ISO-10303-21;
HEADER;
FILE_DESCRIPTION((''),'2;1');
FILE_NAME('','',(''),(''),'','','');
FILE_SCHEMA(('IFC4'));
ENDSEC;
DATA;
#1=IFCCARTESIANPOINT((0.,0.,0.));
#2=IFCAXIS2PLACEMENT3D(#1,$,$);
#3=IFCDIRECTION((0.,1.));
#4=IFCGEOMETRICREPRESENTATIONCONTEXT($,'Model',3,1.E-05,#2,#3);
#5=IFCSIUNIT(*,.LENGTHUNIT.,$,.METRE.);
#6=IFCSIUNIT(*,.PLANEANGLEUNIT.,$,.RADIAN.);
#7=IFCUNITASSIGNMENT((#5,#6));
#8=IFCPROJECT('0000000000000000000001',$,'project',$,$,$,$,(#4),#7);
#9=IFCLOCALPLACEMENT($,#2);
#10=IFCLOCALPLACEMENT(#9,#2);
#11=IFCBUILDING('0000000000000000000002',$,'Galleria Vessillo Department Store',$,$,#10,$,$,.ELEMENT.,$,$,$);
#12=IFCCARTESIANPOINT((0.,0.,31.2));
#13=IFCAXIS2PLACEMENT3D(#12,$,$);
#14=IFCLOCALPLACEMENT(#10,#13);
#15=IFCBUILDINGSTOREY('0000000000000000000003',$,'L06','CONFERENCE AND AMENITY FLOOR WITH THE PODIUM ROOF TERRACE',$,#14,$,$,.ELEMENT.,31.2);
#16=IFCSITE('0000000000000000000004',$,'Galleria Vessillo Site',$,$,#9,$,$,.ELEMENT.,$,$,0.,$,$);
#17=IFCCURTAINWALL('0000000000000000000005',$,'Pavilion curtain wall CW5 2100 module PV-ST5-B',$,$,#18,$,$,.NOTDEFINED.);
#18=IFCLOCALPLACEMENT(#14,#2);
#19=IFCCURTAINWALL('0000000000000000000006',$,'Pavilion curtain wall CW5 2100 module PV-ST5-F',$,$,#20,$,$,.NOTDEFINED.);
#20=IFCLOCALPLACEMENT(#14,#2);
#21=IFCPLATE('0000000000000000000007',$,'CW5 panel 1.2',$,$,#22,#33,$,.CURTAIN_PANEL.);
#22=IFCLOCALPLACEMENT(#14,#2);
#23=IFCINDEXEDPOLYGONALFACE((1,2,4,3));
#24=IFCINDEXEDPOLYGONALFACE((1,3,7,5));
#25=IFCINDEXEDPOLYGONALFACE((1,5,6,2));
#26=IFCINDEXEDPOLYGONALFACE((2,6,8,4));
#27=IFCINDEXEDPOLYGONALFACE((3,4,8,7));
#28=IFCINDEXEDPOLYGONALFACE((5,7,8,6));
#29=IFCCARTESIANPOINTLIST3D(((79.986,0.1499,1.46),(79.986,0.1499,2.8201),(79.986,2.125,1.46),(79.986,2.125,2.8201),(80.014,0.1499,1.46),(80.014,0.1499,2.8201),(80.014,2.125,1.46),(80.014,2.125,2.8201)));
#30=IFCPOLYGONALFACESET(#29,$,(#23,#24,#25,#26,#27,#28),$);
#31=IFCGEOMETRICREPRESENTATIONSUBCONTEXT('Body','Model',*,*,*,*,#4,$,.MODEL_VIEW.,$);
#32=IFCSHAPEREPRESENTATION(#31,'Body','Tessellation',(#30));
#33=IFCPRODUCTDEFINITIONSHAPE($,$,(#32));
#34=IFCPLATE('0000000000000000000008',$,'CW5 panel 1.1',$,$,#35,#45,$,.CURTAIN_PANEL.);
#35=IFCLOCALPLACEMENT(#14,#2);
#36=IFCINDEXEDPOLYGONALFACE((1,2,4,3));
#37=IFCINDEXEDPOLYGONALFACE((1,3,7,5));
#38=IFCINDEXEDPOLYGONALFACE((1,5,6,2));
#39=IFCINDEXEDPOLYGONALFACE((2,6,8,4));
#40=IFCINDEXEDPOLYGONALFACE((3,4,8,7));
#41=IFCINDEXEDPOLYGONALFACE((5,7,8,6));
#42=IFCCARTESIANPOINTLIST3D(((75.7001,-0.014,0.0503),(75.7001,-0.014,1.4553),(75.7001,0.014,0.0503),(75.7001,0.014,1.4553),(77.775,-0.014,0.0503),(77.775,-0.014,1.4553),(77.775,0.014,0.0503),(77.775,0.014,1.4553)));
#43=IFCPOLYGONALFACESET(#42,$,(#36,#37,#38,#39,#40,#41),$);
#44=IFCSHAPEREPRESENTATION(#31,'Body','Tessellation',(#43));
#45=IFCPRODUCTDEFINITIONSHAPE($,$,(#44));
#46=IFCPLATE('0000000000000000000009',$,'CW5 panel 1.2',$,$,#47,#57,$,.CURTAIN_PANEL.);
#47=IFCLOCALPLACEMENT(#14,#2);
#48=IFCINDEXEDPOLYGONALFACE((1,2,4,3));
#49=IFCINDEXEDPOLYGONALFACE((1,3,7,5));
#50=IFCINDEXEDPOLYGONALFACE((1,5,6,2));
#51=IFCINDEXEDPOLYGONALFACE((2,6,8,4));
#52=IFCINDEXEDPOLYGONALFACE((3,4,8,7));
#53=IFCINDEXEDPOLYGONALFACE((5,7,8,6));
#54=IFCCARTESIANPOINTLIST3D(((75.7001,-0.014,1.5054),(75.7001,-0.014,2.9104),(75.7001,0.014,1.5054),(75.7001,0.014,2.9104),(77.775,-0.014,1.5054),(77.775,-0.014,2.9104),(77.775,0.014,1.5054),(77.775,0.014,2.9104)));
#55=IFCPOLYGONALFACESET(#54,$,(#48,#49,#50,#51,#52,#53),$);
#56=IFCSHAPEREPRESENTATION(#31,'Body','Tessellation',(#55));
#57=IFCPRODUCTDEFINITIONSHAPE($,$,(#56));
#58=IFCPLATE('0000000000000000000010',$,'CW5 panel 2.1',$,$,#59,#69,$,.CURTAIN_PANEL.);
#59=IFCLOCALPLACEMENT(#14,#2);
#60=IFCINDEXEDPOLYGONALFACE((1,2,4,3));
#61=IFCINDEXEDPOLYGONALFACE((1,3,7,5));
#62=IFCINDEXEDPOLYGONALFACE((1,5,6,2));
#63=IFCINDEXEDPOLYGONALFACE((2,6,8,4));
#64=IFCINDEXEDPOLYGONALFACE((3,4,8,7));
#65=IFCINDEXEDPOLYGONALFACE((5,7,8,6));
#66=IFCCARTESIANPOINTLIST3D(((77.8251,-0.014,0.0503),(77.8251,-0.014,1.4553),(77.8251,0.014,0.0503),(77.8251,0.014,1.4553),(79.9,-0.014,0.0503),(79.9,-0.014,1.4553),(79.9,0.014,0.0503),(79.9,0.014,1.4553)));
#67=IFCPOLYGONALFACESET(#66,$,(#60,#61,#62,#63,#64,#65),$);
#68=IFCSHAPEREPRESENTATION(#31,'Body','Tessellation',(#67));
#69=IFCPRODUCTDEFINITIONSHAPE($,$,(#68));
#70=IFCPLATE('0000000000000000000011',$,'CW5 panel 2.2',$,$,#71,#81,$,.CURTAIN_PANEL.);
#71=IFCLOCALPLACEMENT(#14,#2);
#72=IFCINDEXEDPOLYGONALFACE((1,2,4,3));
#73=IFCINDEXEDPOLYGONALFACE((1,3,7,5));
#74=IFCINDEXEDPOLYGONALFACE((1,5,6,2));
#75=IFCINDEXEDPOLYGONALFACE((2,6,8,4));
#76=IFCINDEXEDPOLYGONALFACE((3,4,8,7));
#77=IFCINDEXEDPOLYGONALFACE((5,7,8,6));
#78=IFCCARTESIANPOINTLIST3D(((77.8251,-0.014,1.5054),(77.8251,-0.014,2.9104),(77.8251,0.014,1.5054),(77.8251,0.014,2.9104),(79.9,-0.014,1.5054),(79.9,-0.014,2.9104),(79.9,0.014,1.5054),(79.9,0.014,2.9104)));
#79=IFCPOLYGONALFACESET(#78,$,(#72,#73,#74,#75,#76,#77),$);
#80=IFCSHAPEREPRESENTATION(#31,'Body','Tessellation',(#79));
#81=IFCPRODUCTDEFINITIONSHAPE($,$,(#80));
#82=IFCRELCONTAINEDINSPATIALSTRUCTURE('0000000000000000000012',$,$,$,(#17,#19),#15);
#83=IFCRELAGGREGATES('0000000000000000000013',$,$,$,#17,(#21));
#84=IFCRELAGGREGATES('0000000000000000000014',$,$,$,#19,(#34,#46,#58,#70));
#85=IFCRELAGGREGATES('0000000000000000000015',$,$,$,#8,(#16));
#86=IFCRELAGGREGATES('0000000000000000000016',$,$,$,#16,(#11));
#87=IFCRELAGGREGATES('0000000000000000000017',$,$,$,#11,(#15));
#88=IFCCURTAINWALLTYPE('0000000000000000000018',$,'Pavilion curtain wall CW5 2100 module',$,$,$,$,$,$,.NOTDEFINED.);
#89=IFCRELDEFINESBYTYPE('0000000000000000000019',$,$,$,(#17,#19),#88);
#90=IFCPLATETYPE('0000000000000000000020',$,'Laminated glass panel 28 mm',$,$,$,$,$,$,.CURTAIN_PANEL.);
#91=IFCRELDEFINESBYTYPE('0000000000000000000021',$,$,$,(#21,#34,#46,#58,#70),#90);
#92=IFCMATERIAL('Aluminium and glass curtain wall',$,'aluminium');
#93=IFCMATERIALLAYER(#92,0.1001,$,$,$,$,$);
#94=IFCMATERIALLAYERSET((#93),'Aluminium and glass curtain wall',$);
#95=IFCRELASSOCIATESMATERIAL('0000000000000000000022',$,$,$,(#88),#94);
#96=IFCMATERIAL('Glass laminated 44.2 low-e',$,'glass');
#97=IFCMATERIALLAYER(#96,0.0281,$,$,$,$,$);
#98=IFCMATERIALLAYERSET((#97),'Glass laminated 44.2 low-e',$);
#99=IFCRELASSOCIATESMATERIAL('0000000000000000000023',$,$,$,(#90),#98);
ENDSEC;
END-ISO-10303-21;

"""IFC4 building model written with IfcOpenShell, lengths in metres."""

from ifc_helpers import new_model, si_unit, direction, frame, origin, origin_2d, place, context, subcontext, project, spatial, rectangle, extrude, material, layer, layer_set, type_object, element, aggregate, save


model = new_model("IFC4")

# Units and contexts
model_context = context("Model", 3, precision=1e-05, world=origin(), true_north=direction((0.0, 1.0)))
body_context = subcontext(model_context, "Body", "Model", "MODEL_VIEW")
ifc_project = project(units=[si_unit("LENGTHUNIT", "METRE"), si_unit("PLANEANGLEUNIT", "RADIAN")], contexts=[model_context])

# Site, building, storey
site_placement = place(None, origin())
site = spatial("IfcSite", under=ifc_project, at=site_placement, Name="Galleria Vessillo Site", CompositionType="ELEMENT", RefElevation=0.0)
building_placement = place(site_placement, origin())
building = spatial("IfcBuilding", under=site, at=building_placement, Name="Galleria Vessillo Department Store", CompositionType="ELEMENT")
storey_placement = place(building_placement, frame((0.0, 0.0, 31.2)))
storey = spatial("IfcBuildingStorey", under=building, at=storey_placement, Name="L06", Description="CONFERENCE AND AMENITY FLOOR WITH THE PODIUM ROOF TERRACE", CompositionType="ELEMENT", Elevation=31.2)

# Curtain walls
ifc_material_1 = material(Name="Aluminium and glass curtain wall", Category="aluminium")
ifc_layer_1 = layer(ifc_material_1, 0.1001)
ifc_layer_set_1 = layer_set([ifc_layer_1], Name="Aluminium and glass curtain wall")
curtain_wall_type = type_object("IfcCurtainWallType", Name="Pavilion curtain wall CW5 2100 module", PredefinedType="NOTDEFINED", material=ifc_layer_set_1)
curtain_wall_1_placement = place(storey_placement, origin())
curtain_wall_1 = element("IfcCurtainWall", 1, at=curtain_wall_1_placement, inside=storey, type_object=curtain_wall_type, Name="Pavilion curtain wall CW5 2100 module PV-ST5-B", PredefinedType="NOTDEFINED")
curtain_wall_2_placement = place(storey_placement, origin())
curtain_wall_2 = element("IfcCurtainWall", 2, at=curtain_wall_2_placement, inside=storey, type_object=curtain_wall_type, Name="Pavilion curtain wall CW5 2100 module PV-ST5-F", PredefinedType="NOTDEFINED")

# Plates
ifc_material_2 = material(Name="Glass laminated 44.2 low-e", Category="glass")
ifc_layer_2 = layer(ifc_material_2, 0.0281)
ifc_layer_set_2 = layer_set([ifc_layer_2], Name="Glass laminated 44.2 low-e")
plate_type = type_object("IfcPlateType", Name="Laminated glass panel 28 mm", PredefinedType="CURTAIN_PANEL", material=ifc_layer_set_2)
plate_1_placement = place(storey_placement, frame((80.0, 1.1375, 1.46), z_axis=(0.0, 0.0, 1.0), x_axis=(0.0, 1.0, 0.0)))
plate_1 = element("IfcPlate", 3, at=plate_1_placement, type_object=plate_type, Name="CW5 panel 1.2", PredefinedType="CURTAIN_PANEL", context=body_context, shape_type="SweptSolid", body=[
    extrude(rectangle(XDim=1.9751, YDim=0.0281, at=origin_2d()), origin(), (0.0, 0.0, 1.0), 1.3601),
])
aggregate(curtain_wall_1, [plate_1])
plate_2_placement = place(storey_placement, frame((76.7375, 0.0, 0.0503), z_axis=(0.0, 0.0, 1.0), x_axis=(1.0, 0.0, 0.0)))
plate_2 = element("IfcPlate", 4, at=plate_2_placement, type_object=plate_type, Name="CW5 panel 1.1", PredefinedType="CURTAIN_PANEL", context=body_context, shape_type="SweptSolid", body=[
    extrude(rectangle(XDim=2.075, YDim=0.0281, at=origin_2d()), origin(), (0.0, 0.0, 1.0), 1.405),
])
plate_3_placement = place(storey_placement, frame((76.7375, 0.0, 1.5054), z_axis=(0.0, 0.0, 1.0), x_axis=(1.0, 0.0, 0.0)))
plate_3 = element("IfcPlate", 5, at=plate_3_placement, type_object=plate_type, Name="CW5 panel 1.2", PredefinedType="CURTAIN_PANEL", context=body_context, shape_type="SweptSolid", body=[
    extrude(rectangle(XDim=2.075, YDim=0.0281, at=origin_2d()), origin(), (0.0, 0.0, 1.0), 1.405),
])
plate_4_placement = place(storey_placement, frame((78.8625, 0.0, 0.0503), z_axis=(0.0, 0.0, 1.0), x_axis=(1.0, 0.0, 0.0)))
plate_4 = element("IfcPlate", 6, at=plate_4_placement, type_object=plate_type, Name="CW5 panel 2.1", PredefinedType="CURTAIN_PANEL", context=body_context, shape_type="SweptSolid", body=[
    extrude(rectangle(XDim=2.075, YDim=0.0281, at=origin_2d()), origin(), (0.0, 0.0, 1.0), 1.405),
])
plate_5_placement = place(storey_placement, frame((78.8625, 0.0, 1.5054), z_axis=(0.0, 0.0, 1.0), x_axis=(1.0, 0.0, 0.0)))
plate_5 = element("IfcPlate", 7, at=plate_5_placement, type_object=plate_type, Name="CW5 panel 2.2", PredefinedType="CURTAIN_PANEL", context=body_context, shape_type="SweptSolid", body=[
    extrude(rectangle(XDim=2.075, YDim=0.0281, at=origin_2d()), origin(), (0.0, 0.0, 1.0), 1.405),
])
aggregate(curtain_wall_2, [plate_2, plate_3, plate_4, plate_5])

save(model, "model.ifc")
